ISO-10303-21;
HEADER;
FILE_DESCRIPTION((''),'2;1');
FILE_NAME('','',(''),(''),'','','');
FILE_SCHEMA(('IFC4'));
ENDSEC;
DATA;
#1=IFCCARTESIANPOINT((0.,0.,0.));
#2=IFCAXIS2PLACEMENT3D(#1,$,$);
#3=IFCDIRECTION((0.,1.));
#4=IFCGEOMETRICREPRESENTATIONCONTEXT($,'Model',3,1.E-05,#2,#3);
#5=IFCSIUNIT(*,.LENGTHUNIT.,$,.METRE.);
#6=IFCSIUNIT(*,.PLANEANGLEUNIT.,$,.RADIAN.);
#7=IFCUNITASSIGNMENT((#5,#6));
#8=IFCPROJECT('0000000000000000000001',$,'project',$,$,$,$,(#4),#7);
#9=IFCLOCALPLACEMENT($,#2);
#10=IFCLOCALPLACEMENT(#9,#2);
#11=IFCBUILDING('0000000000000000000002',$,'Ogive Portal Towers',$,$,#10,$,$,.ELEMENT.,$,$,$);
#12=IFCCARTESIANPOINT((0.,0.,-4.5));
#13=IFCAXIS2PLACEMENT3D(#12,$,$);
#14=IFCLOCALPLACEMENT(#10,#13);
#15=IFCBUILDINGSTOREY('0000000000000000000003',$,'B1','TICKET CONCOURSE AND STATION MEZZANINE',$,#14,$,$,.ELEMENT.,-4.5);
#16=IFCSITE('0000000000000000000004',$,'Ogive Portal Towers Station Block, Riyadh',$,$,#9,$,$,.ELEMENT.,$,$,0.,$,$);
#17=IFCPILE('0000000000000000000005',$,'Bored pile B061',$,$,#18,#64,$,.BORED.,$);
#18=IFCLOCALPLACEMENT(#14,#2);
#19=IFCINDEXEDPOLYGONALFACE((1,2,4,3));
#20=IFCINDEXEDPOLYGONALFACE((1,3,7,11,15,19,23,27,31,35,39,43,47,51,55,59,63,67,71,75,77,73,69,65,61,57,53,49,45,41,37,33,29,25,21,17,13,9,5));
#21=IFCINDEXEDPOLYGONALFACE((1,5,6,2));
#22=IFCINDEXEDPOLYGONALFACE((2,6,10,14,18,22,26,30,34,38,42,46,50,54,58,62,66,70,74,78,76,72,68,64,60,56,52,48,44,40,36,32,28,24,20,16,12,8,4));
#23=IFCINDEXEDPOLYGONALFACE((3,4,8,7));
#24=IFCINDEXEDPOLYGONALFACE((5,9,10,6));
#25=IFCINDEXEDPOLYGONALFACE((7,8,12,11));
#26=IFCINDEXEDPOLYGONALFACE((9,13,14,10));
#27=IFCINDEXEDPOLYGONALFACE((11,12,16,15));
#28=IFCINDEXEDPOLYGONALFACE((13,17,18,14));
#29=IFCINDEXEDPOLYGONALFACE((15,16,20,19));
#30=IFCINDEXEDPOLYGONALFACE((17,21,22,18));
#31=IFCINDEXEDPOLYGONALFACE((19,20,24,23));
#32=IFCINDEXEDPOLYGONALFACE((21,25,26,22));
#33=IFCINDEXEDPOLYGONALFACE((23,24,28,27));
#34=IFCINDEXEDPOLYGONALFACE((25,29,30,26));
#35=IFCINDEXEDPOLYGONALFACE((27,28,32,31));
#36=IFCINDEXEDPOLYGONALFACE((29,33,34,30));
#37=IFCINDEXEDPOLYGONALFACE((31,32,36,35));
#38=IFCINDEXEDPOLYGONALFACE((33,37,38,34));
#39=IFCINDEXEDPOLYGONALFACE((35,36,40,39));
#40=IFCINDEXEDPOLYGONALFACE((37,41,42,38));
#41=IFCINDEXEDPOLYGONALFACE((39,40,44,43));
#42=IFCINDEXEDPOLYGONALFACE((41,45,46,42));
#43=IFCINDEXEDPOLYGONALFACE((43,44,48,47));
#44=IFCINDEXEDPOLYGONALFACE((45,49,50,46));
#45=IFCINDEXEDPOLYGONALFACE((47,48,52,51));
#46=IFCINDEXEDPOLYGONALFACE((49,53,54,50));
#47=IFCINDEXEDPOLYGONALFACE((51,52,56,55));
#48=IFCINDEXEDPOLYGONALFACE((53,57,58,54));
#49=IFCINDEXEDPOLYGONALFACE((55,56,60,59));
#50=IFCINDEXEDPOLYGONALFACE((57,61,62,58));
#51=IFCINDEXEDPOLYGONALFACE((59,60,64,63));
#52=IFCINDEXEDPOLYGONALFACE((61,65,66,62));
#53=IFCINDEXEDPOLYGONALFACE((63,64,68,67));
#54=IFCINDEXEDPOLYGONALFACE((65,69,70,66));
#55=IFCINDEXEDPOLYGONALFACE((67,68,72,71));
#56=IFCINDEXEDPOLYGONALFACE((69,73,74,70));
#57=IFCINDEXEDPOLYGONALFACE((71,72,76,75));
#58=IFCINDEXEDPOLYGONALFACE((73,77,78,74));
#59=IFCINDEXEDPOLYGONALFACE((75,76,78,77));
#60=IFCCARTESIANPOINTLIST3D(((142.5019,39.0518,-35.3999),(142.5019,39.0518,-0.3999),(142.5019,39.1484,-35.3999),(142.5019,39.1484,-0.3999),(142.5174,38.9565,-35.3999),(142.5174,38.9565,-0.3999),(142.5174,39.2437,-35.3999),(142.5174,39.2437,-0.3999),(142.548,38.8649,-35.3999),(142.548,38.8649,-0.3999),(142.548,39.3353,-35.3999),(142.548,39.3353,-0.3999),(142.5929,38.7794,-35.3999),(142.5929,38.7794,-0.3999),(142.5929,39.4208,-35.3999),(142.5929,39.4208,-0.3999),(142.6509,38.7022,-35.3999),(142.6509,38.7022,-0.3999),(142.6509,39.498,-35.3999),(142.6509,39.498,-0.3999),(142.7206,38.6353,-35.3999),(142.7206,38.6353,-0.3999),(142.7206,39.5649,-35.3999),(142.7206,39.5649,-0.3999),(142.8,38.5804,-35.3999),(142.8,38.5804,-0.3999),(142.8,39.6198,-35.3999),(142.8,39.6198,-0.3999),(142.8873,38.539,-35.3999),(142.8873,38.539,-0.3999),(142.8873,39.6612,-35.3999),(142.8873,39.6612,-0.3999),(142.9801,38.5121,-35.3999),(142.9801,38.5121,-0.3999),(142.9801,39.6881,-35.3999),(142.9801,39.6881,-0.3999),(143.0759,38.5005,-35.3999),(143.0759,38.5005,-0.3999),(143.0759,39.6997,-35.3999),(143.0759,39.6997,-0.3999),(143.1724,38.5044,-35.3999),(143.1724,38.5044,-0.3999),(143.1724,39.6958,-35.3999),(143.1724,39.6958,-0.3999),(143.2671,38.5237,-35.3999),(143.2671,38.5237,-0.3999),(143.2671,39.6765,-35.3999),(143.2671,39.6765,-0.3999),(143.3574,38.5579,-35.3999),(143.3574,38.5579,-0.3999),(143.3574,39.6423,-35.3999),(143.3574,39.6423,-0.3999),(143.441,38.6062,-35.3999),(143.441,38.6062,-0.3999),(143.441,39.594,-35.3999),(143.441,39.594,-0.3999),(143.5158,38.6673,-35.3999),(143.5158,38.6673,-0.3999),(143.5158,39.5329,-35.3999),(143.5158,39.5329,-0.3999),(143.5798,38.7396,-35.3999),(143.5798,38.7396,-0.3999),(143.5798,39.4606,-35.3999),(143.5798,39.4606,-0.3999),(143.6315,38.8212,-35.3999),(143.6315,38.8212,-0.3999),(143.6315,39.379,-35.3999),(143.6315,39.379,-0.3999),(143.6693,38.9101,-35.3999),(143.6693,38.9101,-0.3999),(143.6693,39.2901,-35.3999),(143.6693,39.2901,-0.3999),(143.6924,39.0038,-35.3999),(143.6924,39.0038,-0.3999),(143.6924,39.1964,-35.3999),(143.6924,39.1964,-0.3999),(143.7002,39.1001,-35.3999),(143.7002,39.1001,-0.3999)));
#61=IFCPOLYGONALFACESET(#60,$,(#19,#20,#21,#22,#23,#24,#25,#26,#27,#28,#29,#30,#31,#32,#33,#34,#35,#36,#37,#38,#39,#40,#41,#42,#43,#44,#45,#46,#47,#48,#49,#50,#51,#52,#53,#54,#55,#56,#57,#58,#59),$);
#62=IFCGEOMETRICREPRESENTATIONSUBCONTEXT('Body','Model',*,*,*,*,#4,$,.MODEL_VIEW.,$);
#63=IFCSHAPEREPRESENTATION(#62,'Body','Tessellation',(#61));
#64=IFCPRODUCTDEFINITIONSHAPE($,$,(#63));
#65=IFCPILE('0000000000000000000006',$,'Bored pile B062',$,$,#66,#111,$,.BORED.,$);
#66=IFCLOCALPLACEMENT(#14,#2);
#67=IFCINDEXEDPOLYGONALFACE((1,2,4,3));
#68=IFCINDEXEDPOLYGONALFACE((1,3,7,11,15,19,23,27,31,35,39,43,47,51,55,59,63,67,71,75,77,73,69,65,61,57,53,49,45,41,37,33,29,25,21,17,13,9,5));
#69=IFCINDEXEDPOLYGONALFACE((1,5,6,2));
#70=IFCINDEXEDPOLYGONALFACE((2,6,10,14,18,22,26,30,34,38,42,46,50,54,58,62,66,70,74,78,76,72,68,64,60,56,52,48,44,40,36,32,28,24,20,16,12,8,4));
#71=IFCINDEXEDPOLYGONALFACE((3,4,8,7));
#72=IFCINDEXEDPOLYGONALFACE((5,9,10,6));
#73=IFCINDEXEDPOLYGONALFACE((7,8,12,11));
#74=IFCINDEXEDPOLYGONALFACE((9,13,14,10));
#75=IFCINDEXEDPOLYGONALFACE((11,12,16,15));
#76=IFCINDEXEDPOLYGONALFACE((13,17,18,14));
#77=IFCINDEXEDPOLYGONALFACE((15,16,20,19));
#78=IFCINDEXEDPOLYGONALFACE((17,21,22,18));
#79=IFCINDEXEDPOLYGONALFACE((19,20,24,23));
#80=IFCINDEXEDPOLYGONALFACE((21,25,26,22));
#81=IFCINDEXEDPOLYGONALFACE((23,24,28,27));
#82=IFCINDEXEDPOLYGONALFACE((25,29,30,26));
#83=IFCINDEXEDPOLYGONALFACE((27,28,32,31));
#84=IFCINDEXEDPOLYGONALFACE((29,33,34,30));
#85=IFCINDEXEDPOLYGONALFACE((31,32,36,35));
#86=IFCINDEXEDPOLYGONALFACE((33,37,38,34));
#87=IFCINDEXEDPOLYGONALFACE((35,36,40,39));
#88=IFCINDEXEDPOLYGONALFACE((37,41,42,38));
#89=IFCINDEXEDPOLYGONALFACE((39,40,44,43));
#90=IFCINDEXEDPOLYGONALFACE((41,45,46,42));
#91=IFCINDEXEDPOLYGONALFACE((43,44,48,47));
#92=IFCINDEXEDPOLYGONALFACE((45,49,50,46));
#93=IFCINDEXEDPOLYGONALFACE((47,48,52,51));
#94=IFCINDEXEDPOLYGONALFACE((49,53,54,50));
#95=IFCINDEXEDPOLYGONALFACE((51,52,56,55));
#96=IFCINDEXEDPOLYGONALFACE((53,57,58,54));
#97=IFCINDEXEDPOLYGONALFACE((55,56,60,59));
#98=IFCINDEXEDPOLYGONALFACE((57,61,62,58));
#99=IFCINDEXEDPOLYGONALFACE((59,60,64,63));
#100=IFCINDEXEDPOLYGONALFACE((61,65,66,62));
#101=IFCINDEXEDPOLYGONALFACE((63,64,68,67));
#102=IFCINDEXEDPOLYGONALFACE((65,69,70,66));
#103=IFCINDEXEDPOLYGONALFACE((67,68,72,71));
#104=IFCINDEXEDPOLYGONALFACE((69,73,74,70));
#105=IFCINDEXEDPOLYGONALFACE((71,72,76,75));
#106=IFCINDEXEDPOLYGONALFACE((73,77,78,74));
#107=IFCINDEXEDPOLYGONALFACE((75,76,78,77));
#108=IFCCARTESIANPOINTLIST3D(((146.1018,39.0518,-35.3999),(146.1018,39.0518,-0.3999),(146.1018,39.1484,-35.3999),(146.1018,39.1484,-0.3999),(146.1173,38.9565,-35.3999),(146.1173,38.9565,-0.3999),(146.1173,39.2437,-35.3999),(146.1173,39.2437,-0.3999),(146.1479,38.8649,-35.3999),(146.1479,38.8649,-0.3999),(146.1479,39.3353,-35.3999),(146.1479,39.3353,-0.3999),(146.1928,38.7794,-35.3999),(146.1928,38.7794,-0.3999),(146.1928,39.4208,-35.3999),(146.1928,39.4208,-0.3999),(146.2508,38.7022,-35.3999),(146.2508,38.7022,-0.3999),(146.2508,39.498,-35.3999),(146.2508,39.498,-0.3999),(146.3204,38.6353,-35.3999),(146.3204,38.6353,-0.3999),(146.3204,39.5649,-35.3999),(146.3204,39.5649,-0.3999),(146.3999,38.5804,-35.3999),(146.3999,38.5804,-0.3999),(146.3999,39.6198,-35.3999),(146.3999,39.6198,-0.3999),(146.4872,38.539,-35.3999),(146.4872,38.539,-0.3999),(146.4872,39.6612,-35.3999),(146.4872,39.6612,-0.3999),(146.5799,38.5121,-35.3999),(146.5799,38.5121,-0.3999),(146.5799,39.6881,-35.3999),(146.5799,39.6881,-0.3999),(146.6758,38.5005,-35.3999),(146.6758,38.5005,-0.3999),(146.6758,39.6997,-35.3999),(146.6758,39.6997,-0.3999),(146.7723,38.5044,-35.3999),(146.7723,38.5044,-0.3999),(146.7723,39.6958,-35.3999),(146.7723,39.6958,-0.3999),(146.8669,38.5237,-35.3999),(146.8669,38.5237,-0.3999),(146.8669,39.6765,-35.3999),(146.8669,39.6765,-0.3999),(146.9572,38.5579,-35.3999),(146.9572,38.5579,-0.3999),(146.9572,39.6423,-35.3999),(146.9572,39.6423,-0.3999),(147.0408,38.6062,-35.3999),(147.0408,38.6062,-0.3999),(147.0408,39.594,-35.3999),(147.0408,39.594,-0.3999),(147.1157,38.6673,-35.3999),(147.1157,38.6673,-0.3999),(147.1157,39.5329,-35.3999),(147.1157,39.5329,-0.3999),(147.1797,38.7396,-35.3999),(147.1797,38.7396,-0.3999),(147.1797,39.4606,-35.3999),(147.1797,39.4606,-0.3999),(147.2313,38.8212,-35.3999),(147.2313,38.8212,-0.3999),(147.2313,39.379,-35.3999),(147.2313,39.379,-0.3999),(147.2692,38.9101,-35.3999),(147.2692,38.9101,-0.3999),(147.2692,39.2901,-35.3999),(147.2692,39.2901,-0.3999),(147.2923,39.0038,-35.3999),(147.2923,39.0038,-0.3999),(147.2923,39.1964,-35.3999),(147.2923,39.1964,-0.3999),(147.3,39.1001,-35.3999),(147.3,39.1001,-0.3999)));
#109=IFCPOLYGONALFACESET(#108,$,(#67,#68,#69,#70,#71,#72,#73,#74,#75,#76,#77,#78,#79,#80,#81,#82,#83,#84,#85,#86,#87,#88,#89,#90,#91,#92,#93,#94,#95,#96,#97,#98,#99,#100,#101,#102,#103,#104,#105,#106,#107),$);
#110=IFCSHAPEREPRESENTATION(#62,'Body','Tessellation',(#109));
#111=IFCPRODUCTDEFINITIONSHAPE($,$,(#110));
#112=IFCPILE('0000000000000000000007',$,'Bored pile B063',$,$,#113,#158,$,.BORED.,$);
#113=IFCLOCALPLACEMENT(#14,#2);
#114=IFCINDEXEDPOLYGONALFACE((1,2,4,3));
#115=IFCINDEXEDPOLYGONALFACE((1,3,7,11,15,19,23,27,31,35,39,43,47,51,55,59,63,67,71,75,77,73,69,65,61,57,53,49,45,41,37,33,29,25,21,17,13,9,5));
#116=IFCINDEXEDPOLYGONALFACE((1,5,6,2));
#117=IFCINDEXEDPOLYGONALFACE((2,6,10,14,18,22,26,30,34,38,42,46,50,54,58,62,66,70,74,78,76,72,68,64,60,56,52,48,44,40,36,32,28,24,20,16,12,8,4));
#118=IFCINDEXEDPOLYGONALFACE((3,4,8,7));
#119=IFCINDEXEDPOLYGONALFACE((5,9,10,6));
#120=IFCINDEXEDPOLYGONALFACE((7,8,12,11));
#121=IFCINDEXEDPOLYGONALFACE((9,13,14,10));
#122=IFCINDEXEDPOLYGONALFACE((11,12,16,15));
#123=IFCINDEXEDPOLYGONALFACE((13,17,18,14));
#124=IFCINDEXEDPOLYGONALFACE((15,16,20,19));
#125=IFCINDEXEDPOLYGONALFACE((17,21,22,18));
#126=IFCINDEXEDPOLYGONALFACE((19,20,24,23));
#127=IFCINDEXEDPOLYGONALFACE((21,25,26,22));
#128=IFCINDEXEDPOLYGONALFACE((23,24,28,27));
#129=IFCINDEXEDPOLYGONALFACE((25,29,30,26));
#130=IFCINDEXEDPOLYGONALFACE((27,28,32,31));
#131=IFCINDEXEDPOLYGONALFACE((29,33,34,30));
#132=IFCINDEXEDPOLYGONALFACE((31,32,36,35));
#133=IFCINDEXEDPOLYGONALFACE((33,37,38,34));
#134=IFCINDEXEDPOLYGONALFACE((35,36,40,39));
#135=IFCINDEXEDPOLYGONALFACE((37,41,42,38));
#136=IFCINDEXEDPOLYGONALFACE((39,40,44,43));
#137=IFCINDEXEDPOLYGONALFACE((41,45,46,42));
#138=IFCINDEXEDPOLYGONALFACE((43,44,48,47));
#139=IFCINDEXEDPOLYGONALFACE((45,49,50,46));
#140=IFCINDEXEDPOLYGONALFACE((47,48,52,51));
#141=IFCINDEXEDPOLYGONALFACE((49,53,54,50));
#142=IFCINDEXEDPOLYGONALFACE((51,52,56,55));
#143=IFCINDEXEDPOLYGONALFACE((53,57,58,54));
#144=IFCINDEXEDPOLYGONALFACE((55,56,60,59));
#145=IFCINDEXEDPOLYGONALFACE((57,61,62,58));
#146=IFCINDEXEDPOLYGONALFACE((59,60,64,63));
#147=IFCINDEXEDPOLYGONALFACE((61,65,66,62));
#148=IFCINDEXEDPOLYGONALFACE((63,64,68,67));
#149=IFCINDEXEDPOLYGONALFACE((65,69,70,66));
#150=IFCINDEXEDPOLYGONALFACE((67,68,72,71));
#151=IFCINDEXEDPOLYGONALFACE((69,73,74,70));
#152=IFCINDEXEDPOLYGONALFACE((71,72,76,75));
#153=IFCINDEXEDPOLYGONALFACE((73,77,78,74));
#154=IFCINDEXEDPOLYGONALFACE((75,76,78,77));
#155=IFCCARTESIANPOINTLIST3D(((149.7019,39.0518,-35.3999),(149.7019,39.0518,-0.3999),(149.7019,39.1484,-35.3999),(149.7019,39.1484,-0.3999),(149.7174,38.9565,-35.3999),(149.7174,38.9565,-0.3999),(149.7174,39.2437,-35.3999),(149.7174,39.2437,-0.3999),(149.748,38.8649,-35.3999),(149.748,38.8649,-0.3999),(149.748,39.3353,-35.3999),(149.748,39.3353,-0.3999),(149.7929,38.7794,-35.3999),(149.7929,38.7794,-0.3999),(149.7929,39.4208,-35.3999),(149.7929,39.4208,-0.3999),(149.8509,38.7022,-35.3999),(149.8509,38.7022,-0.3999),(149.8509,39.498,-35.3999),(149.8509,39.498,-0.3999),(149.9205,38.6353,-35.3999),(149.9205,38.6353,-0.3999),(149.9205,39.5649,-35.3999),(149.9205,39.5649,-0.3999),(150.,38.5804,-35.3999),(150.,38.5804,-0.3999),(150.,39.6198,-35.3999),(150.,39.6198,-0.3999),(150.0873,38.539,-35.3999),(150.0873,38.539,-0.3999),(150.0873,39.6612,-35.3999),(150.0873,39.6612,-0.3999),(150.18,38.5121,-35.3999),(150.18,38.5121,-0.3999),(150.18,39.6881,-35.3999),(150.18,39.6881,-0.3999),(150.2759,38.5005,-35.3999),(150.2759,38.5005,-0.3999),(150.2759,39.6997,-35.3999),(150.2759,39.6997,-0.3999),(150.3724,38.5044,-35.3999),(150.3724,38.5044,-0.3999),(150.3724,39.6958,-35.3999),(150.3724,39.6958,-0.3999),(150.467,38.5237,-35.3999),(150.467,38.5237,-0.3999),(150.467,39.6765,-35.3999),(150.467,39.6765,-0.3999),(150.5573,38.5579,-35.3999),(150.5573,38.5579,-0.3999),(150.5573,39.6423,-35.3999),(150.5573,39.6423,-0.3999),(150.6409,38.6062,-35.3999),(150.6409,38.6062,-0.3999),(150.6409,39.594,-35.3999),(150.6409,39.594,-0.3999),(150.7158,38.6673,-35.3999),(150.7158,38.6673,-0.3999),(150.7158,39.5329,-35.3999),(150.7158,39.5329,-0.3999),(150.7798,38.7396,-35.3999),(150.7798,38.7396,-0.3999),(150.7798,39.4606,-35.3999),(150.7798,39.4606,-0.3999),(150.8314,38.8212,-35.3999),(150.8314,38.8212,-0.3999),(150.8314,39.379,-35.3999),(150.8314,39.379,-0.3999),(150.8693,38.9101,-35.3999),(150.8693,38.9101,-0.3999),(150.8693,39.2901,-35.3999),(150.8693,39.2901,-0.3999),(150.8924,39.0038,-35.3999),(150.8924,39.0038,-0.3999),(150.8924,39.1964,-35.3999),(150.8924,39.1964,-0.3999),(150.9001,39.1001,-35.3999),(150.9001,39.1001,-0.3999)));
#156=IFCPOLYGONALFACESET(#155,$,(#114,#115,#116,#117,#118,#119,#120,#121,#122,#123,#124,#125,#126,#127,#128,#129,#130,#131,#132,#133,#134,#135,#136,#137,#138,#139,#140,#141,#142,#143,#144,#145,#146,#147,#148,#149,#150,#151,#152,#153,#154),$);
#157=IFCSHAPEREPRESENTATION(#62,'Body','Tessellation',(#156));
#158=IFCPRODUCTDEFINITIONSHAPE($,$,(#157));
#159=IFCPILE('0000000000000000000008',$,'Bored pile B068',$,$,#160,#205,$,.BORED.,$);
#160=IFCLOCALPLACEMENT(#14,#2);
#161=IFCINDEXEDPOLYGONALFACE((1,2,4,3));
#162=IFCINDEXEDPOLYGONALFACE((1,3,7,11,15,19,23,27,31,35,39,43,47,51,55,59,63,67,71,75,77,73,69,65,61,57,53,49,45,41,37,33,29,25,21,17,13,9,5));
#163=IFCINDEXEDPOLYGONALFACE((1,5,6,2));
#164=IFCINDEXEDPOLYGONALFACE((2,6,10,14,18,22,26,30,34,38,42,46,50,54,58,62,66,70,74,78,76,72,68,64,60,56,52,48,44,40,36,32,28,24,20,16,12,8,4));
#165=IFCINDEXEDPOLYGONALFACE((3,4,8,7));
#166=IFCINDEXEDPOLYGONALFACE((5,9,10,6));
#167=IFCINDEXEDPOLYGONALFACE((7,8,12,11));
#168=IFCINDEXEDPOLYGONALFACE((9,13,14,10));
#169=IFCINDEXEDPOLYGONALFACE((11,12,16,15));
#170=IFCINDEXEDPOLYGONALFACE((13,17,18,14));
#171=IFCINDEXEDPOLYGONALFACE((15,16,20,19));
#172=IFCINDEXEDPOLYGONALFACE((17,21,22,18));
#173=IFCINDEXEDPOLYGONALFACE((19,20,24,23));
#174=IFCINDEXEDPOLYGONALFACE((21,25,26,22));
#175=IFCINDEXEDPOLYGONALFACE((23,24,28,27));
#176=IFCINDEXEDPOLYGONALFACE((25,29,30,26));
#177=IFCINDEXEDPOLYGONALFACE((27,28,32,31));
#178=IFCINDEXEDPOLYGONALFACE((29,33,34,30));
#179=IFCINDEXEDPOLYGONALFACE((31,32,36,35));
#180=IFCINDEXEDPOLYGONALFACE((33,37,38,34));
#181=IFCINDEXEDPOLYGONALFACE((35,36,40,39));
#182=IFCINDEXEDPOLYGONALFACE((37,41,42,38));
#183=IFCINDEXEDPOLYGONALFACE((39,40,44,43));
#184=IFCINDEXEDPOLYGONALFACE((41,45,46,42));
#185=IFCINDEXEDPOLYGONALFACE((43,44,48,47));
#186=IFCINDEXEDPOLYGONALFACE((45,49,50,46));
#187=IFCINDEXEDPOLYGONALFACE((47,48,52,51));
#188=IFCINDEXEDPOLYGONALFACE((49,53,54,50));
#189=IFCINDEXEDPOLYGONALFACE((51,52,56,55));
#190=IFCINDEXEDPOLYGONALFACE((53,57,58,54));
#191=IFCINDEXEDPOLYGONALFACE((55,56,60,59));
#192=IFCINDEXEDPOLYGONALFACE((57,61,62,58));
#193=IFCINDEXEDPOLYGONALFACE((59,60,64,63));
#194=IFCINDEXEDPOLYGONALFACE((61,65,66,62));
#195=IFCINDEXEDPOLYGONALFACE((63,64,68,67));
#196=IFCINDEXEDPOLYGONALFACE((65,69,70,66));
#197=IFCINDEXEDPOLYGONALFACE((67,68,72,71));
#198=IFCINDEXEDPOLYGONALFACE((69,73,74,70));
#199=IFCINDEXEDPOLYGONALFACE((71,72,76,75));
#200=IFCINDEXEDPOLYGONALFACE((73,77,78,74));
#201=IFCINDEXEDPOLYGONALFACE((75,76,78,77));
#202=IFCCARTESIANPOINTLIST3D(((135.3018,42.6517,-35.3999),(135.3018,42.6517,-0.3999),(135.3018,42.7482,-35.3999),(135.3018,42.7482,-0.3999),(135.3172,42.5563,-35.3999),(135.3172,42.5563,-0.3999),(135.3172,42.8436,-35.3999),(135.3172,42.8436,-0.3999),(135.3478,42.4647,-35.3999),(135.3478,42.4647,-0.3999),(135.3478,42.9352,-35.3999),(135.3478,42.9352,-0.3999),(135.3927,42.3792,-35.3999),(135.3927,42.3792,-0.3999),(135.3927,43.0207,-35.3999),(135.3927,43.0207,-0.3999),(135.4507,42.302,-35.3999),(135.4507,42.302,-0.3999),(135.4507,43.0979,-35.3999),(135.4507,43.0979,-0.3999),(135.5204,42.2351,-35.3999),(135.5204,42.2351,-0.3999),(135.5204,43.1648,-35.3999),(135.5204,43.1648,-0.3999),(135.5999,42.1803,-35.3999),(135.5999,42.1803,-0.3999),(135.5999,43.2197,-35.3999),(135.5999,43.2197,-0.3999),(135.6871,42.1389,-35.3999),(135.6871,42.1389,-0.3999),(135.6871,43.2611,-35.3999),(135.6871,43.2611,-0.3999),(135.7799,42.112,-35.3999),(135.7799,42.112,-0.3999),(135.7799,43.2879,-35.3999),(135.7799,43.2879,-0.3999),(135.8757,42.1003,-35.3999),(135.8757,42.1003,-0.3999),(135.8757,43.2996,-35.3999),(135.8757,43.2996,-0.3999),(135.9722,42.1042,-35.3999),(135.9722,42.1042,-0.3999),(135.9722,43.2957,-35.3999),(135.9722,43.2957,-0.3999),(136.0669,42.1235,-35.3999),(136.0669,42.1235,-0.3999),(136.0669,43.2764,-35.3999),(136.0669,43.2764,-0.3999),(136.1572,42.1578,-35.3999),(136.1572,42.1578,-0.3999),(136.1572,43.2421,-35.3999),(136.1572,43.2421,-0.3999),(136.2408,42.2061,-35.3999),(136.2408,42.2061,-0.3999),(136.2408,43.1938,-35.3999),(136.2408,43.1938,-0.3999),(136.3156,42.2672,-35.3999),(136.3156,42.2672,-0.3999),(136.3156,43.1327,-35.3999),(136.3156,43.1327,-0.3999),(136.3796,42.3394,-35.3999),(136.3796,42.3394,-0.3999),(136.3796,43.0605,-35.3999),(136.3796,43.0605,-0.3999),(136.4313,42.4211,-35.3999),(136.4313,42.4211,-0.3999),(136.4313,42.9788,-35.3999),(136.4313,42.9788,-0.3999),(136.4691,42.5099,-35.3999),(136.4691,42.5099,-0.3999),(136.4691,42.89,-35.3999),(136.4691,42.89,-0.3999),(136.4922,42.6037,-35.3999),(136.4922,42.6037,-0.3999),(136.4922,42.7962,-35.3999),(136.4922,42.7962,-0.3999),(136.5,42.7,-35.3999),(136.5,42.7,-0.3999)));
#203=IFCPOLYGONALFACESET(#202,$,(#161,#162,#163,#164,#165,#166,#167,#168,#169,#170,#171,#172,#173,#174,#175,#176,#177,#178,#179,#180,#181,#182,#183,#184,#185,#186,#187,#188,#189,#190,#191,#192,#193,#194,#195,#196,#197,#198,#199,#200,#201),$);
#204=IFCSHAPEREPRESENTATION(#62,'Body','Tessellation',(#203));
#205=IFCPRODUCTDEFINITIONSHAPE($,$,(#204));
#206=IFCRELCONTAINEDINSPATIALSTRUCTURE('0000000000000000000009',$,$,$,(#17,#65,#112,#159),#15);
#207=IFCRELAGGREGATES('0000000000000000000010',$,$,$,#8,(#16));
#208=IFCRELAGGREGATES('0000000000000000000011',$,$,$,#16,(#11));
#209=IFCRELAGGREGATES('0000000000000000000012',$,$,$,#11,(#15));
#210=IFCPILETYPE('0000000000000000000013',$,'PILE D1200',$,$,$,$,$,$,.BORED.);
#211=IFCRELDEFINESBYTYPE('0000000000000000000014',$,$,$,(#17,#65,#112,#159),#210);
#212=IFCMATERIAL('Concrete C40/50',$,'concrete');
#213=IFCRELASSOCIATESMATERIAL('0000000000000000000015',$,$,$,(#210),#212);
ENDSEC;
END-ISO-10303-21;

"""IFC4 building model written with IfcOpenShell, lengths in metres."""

from ifc_helpers import new_model, si_unit, direction, frame, origin, origin_2d, place, context, subcontext, project, spatial, circle, extrude, material, material_profile, profile_set, type_object, element, save


model = new_model("IFC4")

# Units and contexts
model_context = context("Model", 3, precision=1e-05, world=origin(), true_north=direction((0.0, 1.0)))
body_context = subcontext(model_context, "Body", "Model", "MODEL_VIEW")
ifc_project = project(units=[si_unit("LENGTHUNIT", "METRE"), si_unit("PLANEANGLEUNIT", "RADIAN")], contexts=[model_context])

# Site, building, storey
site_placement = place(None, origin())
site = spatial("IfcSite", under=ifc_project, at=site_placement, Name="Ogive Portal Towers Station Block, Riyadh", CompositionType="ELEMENT", RefElevation=0.0)
building_placement = place(site_placement, origin())
building = spatial("IfcBuilding", under=site, at=building_placement, Name="Ogive Portal Towers", CompositionType="ELEMENT")
storey_placement = place(building_placement, frame((0.0, 0.0, -4.5)))
storey = spatial("IfcBuildingStorey", under=building, at=storey_placement, Name="B1", Description="TICKET CONCOURSE AND STATION MEZZANINE", CompositionType="ELEMENT", Elevation=-4.5)

# Piles
ifc_material_1 = material(Name="Concrete C40/50", Category="concrete")
ifc_material_profile_1 = material_profile(ifc_material_1, circle(Radius=0.6001, at=origin_2d()), Name="PILE D1200")
ifc_profile_set_1 = profile_set([ifc_material_profile_1], Name="Concrete C40/50")
pile_type = type_object("IfcPileType", Name="PILE D1200", PredefinedType="BORED", material=ifc_profile_set_1)
for number, where, z_axis, x_axis, name in (
    (1, (143.1001, 39.1001, -0.3999), (0.0, 0.0, -1.0), (1.0, 0.0, 0.0), "Bored pile B061"),
    (2, (146.7, 39.1001, -0.3999), (0.0, 0.0, -1.0), (1.0, 0.0, 0.0), "Bored pile B062"),
    (3, (150.3, 39.1001, -0.3999), (0.0, 0.0, -1.0), (1.0, 0.0, 0.0), "Bored pile B063"),
    (4, (135.8999, 42.7, -0.3999), (0.0, 0.0, -1.0), (1.0, 0.0, 0.0), "Bored pile B068"),
):
    element("IfcPile", number, at=place(storey_placement, frame(where, z_axis=z_axis, x_axis=x_axis)), inside=storey, type_object=pile_type, Name=name, PredefinedType="BORED", context=body_context, shape_type="SweptSolid", body=[
        extrude(circle(Radius=0.6001, at=origin_2d()), origin(), (0.0, 0.0, 1.0), 35.0),
    ])

save(model, "model.ifc")
